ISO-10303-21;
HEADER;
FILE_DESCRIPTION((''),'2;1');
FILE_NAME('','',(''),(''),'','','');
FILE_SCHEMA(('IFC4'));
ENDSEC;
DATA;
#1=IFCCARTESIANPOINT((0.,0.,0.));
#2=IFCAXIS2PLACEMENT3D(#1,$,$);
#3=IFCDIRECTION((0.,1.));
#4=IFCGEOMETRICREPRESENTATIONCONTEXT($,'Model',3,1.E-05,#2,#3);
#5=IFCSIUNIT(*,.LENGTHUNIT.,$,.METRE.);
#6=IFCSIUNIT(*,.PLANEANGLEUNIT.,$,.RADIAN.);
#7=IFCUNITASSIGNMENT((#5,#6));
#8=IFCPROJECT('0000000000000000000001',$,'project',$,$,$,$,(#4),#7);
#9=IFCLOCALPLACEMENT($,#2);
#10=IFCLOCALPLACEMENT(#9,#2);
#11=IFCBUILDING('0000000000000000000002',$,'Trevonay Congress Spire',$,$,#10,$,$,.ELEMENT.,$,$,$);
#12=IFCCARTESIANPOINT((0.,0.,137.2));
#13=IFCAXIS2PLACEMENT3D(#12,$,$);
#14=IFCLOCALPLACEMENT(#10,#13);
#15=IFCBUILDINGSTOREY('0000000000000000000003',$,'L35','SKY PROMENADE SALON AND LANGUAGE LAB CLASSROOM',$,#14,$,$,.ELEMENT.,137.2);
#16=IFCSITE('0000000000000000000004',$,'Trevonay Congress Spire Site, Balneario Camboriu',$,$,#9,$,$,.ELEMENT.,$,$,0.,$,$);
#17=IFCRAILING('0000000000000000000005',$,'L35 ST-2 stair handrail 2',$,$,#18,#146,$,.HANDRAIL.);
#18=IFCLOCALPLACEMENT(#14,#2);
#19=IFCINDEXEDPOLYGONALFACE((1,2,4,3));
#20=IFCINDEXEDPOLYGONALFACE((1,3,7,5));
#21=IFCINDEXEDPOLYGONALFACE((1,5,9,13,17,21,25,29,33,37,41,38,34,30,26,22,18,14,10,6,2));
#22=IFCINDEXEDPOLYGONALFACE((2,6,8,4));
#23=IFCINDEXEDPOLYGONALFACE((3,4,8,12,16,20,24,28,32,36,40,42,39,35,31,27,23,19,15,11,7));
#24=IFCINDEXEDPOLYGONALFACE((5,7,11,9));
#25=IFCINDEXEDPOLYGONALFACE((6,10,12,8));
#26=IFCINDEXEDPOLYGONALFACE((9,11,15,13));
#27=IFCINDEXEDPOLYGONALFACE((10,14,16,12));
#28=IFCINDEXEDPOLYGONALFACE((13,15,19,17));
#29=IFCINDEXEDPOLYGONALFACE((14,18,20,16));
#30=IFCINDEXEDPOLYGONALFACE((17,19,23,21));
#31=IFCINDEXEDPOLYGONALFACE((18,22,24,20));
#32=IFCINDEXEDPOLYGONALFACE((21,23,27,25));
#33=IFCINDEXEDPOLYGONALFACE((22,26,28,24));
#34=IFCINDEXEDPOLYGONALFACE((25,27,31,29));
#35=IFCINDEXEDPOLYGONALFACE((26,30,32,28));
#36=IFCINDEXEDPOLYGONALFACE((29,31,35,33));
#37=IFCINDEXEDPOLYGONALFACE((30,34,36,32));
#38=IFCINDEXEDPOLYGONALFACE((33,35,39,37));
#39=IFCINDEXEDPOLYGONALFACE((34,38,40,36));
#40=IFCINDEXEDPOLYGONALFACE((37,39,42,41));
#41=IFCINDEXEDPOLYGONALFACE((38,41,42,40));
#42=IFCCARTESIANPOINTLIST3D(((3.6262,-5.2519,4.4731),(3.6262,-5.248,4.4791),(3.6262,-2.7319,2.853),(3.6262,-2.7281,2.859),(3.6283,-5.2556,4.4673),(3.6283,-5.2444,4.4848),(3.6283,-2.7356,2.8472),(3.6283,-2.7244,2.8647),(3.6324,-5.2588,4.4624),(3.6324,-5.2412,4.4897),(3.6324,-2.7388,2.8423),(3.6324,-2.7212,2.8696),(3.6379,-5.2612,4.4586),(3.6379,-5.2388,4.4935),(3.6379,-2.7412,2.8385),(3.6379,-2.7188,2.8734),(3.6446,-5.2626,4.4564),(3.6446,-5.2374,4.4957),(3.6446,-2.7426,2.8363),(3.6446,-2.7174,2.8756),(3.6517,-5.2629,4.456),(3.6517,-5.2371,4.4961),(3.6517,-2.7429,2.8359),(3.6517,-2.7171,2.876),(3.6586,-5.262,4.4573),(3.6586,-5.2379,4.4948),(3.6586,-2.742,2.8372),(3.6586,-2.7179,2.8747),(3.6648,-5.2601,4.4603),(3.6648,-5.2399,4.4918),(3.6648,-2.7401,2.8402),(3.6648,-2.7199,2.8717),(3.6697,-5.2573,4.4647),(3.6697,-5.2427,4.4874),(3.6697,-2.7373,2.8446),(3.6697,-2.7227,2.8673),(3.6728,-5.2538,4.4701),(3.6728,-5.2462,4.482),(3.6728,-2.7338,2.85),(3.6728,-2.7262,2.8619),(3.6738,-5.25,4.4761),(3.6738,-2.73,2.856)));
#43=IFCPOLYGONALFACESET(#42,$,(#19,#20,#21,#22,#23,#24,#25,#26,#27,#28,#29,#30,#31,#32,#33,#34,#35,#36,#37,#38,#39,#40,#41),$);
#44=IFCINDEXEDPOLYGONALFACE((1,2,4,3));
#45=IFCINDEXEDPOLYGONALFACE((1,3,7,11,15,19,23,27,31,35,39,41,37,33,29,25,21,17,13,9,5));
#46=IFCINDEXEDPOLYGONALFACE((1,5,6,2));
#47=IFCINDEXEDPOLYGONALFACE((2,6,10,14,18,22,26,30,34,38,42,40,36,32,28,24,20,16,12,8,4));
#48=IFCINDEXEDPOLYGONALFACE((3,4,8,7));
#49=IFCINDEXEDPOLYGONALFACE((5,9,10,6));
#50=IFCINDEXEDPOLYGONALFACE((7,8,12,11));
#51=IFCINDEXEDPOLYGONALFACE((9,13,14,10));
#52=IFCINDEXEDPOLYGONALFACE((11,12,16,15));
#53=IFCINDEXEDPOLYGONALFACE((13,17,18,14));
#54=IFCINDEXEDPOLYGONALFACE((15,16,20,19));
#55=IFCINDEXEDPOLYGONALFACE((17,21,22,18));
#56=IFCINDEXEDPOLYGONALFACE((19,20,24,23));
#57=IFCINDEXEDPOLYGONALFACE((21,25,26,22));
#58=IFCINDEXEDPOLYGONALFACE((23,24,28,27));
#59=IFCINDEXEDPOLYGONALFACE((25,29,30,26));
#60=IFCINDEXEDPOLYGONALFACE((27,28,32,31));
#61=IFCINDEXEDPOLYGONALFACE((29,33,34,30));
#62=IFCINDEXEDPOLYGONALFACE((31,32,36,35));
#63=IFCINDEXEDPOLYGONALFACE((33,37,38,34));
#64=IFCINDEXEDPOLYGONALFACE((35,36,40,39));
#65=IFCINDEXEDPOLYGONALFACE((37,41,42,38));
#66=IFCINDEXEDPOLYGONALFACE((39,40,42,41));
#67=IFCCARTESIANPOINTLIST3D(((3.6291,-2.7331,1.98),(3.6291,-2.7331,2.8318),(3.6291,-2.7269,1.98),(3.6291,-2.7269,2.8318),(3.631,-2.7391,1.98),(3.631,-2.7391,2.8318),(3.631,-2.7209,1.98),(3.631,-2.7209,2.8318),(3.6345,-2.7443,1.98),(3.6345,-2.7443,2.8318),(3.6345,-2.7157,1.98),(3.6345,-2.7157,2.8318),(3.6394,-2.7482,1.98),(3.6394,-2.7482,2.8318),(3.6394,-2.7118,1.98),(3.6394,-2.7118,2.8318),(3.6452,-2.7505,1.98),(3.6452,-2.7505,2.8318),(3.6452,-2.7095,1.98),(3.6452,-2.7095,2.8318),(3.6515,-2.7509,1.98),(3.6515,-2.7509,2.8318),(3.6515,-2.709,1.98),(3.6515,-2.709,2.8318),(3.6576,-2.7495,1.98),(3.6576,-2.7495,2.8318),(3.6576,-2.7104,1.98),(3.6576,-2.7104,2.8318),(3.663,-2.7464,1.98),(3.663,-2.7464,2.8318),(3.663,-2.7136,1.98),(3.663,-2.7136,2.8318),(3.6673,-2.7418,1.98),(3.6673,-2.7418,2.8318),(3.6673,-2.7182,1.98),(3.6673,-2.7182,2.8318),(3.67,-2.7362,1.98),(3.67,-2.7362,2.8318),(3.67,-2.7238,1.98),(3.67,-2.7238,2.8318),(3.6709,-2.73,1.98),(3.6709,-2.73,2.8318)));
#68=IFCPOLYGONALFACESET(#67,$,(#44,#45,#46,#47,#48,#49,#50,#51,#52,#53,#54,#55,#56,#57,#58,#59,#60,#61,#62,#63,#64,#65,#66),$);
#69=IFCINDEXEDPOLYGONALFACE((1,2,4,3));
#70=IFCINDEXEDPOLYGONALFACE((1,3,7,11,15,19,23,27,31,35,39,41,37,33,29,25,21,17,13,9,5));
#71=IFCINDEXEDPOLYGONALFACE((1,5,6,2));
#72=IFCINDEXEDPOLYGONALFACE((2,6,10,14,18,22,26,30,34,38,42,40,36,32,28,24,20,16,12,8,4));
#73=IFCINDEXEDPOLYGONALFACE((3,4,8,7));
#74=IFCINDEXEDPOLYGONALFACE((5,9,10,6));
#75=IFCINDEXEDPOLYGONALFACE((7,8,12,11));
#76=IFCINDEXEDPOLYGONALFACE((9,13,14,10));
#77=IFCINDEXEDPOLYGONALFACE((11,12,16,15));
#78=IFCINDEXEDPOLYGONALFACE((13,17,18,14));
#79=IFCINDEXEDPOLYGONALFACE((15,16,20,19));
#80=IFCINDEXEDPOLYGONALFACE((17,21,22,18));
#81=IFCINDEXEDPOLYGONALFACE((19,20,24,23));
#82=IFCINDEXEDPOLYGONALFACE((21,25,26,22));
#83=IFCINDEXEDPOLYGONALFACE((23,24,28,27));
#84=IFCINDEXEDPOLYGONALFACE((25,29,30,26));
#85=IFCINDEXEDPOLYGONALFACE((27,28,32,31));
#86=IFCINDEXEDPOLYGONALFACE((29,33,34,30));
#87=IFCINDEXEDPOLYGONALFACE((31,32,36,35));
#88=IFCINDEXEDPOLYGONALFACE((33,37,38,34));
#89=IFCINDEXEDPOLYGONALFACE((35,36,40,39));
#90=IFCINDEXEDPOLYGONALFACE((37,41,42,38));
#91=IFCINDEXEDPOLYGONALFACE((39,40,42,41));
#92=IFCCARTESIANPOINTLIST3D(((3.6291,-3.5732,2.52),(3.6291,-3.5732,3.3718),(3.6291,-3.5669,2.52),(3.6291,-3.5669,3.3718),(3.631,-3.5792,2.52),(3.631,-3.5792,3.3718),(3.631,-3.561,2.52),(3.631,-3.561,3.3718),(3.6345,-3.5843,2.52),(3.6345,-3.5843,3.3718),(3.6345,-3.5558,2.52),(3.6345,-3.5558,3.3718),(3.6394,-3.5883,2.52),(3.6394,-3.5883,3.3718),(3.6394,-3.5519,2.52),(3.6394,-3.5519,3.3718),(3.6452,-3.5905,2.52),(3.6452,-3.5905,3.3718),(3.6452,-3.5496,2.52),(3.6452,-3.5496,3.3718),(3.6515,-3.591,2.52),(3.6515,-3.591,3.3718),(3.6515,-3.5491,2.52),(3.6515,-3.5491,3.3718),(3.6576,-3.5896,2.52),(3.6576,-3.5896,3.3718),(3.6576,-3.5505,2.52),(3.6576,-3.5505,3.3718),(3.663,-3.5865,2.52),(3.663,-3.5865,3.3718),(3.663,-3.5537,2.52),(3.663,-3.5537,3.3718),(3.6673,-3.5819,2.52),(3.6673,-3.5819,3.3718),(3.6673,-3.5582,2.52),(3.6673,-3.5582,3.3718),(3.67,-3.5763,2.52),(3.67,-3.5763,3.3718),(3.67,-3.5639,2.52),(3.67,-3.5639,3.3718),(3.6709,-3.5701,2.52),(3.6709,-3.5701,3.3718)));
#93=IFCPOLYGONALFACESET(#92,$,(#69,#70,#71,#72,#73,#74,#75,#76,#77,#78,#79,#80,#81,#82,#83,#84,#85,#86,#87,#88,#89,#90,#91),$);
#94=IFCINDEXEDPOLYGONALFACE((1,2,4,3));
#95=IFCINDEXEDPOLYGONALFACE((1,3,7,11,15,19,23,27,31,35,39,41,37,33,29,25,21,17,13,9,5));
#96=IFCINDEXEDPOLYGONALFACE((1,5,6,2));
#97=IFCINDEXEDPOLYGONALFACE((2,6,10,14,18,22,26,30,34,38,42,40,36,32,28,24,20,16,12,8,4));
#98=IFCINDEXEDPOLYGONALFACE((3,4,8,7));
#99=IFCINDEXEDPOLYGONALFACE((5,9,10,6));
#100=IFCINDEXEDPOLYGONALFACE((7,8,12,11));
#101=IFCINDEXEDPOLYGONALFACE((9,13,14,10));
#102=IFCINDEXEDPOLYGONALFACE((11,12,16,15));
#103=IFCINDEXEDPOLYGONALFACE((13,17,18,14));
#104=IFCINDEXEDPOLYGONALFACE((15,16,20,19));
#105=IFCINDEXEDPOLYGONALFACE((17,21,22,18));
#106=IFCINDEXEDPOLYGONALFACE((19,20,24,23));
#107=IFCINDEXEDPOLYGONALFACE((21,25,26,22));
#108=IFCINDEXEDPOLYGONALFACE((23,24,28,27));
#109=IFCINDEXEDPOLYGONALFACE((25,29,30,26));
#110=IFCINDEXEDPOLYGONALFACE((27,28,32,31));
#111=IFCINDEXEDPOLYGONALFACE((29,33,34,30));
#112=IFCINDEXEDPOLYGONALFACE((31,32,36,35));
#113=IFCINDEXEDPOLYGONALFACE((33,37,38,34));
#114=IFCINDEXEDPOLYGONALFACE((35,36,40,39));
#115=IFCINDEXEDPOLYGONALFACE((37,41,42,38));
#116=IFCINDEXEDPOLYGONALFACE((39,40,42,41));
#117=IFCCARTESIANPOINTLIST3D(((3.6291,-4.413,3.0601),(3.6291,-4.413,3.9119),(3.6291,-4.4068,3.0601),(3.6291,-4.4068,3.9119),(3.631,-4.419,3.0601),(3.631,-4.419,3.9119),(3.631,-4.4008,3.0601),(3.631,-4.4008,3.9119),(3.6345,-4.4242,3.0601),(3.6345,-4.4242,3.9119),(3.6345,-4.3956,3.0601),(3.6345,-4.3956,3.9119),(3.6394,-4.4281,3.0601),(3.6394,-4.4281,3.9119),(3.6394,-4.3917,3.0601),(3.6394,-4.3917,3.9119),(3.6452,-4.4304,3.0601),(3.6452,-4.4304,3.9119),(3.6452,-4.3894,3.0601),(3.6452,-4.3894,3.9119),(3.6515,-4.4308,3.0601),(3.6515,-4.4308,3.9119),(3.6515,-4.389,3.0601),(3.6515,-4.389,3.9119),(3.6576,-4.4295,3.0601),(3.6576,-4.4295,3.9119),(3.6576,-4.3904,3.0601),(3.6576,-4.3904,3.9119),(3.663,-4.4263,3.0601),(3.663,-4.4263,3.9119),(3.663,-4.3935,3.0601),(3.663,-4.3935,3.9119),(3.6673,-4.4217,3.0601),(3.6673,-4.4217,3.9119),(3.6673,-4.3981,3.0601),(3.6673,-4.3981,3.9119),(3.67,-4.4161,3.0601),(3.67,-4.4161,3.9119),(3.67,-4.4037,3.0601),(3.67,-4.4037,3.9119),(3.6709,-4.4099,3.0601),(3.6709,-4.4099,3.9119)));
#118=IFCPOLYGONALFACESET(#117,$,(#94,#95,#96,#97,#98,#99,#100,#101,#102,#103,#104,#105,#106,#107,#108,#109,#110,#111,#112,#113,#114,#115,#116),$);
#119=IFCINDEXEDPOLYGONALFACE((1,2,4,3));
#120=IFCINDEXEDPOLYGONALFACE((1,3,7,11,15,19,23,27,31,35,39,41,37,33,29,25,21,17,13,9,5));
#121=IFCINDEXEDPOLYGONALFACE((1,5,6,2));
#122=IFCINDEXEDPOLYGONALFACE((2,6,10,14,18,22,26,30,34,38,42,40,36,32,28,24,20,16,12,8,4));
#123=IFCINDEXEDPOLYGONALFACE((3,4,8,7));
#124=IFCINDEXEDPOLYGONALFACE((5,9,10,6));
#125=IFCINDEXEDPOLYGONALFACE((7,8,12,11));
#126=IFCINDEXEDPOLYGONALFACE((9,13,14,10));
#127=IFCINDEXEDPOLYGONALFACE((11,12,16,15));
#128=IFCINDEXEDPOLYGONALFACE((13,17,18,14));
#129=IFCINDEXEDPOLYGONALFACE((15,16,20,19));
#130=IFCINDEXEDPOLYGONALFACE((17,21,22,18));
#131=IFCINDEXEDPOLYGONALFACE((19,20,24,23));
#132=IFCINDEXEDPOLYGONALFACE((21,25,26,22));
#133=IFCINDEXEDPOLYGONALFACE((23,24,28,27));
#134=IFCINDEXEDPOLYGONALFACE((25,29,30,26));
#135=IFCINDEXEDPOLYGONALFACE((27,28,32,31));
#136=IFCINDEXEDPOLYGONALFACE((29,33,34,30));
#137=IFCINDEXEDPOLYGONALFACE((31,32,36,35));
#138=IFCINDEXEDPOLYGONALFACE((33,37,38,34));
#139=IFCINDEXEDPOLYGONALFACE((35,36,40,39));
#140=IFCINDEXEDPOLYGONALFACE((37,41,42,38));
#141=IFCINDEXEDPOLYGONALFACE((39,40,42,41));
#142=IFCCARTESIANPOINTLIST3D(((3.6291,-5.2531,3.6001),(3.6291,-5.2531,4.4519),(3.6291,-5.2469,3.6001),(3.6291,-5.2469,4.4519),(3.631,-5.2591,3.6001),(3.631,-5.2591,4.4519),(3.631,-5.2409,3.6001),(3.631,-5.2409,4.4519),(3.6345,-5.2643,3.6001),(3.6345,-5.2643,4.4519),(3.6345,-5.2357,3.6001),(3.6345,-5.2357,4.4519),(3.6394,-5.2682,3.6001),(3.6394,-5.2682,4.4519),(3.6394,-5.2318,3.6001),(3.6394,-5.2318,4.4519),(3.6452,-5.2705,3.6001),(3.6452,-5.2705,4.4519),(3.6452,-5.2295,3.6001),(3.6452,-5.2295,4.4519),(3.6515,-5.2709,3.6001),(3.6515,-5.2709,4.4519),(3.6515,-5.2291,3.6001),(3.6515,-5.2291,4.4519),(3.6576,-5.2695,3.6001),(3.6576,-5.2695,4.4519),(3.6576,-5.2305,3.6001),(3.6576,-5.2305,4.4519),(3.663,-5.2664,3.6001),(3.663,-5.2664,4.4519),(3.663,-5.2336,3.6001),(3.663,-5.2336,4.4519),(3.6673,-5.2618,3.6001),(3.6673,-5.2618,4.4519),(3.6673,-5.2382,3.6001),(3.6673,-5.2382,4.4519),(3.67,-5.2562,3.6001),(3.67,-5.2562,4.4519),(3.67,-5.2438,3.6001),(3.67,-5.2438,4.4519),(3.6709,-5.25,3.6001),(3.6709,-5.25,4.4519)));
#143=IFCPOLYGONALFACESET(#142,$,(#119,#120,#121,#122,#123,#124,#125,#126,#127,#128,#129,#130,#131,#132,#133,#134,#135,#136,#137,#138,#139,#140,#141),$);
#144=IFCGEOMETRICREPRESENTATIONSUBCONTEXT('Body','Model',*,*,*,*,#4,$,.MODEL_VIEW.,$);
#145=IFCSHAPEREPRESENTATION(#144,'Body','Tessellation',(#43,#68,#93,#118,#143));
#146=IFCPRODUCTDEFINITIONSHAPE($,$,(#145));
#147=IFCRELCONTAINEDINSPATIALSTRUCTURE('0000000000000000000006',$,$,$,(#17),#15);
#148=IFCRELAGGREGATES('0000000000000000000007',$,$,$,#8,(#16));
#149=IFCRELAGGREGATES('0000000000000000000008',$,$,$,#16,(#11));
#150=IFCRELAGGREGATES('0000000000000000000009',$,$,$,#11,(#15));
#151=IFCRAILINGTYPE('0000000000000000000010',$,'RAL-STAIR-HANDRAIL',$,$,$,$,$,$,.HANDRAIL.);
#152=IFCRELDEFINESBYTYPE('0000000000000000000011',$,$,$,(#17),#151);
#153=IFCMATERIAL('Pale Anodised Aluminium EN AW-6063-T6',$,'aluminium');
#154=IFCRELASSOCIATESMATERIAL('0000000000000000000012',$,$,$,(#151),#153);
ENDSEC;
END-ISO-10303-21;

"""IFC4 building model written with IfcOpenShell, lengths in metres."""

from ifc_helpers import new_model, si_unit, direction, frame, origin, origin_2d, place, context, subcontext, project, spatial, circle, extrude, material, type_object, element, save


model = new_model("IFC4")

# Units and contexts
model_context = context("Model", 3, precision=1e-05, world=origin(), true_north=direction((0.0, 1.0)))
body_context = subcontext(model_context, "Body", "Model", "MODEL_VIEW")
ifc_project = project(units=[si_unit("LENGTHUNIT", "METRE"), si_unit("PLANEANGLEUNIT", "RADIAN")], contexts=[model_context])

# Site, building, storey
site_placement = place(None, origin())
site = spatial("IfcSite", under=ifc_project, at=site_placement, Name="Trevonay Congress Spire Site, Balneario Camboriu", CompositionType="ELEMENT", RefElevation=0.0)
building_placement = place(site_placement, origin())
building = spatial("IfcBuilding", under=site, at=building_placement, Name="Trevonay Congress Spire", CompositionType="ELEMENT")
storey_placement = place(building_placement, frame((0.0, 0.0, 137.2)))
storey = spatial("IfcBuildingStorey", under=building, at=storey_placement, Name="L35", Description="SKY PROMENADE SALON AND LANGUAGE LAB CLASSROOM", CompositionType="ELEMENT", Elevation=137.2)

# Railing
ifc_material_1 = material(Name="Pale Anodised Aluminium EN AW-6063-T6", Category="aluminium")
railing_type_1 = type_object("IfcRailingType", Name="RAL-STAIR-HANDRAIL", PredefinedType="HANDRAIL", material=ifc_material_1)
railing_1_placement = place(storey_placement, frame((3.6499, -2.73, 1.98)))
element("IfcRailing", 1, at=railing_1_placement, inside=storey, type_object=railing_type_1, Name="L35 ST-2 stair handrail 2", PredefinedType="HANDRAIL", context=body_context, shape_type="SweptSolid", body=[
    extrude(circle(Radius=0.0239, at=origin_2d()), frame((0.0, 0.0, 0.876), z_axis=(0.0, -0.841163, 0.540782), x_axis=(1.0, 0.0, 0.0)), (0.0, 0.0, 1.0), 2.9958),
    extrude(circle(Radius=0.021, at=origin_2d()), origin(), (0.0, 0.0, 1.0), 0.8518),
    extrude(circle(Radius=0.021, at=origin_2d()), frame((0.0, -0.8401, 0.54)), (0.0, 0.0, 1.0), 0.8518),
    extrude(circle(Radius=0.021, at=origin_2d()), frame((0.0, -1.6799, 1.0801)), (0.0, 0.0, 1.0), 0.8518),
    extrude(circle(Radius=0.021, at=origin_2d()), frame((0.0, -2.52, 1.6201)), (0.0, 0.0, 1.0), 0.8518),
])

save(model, "model.ifc")
